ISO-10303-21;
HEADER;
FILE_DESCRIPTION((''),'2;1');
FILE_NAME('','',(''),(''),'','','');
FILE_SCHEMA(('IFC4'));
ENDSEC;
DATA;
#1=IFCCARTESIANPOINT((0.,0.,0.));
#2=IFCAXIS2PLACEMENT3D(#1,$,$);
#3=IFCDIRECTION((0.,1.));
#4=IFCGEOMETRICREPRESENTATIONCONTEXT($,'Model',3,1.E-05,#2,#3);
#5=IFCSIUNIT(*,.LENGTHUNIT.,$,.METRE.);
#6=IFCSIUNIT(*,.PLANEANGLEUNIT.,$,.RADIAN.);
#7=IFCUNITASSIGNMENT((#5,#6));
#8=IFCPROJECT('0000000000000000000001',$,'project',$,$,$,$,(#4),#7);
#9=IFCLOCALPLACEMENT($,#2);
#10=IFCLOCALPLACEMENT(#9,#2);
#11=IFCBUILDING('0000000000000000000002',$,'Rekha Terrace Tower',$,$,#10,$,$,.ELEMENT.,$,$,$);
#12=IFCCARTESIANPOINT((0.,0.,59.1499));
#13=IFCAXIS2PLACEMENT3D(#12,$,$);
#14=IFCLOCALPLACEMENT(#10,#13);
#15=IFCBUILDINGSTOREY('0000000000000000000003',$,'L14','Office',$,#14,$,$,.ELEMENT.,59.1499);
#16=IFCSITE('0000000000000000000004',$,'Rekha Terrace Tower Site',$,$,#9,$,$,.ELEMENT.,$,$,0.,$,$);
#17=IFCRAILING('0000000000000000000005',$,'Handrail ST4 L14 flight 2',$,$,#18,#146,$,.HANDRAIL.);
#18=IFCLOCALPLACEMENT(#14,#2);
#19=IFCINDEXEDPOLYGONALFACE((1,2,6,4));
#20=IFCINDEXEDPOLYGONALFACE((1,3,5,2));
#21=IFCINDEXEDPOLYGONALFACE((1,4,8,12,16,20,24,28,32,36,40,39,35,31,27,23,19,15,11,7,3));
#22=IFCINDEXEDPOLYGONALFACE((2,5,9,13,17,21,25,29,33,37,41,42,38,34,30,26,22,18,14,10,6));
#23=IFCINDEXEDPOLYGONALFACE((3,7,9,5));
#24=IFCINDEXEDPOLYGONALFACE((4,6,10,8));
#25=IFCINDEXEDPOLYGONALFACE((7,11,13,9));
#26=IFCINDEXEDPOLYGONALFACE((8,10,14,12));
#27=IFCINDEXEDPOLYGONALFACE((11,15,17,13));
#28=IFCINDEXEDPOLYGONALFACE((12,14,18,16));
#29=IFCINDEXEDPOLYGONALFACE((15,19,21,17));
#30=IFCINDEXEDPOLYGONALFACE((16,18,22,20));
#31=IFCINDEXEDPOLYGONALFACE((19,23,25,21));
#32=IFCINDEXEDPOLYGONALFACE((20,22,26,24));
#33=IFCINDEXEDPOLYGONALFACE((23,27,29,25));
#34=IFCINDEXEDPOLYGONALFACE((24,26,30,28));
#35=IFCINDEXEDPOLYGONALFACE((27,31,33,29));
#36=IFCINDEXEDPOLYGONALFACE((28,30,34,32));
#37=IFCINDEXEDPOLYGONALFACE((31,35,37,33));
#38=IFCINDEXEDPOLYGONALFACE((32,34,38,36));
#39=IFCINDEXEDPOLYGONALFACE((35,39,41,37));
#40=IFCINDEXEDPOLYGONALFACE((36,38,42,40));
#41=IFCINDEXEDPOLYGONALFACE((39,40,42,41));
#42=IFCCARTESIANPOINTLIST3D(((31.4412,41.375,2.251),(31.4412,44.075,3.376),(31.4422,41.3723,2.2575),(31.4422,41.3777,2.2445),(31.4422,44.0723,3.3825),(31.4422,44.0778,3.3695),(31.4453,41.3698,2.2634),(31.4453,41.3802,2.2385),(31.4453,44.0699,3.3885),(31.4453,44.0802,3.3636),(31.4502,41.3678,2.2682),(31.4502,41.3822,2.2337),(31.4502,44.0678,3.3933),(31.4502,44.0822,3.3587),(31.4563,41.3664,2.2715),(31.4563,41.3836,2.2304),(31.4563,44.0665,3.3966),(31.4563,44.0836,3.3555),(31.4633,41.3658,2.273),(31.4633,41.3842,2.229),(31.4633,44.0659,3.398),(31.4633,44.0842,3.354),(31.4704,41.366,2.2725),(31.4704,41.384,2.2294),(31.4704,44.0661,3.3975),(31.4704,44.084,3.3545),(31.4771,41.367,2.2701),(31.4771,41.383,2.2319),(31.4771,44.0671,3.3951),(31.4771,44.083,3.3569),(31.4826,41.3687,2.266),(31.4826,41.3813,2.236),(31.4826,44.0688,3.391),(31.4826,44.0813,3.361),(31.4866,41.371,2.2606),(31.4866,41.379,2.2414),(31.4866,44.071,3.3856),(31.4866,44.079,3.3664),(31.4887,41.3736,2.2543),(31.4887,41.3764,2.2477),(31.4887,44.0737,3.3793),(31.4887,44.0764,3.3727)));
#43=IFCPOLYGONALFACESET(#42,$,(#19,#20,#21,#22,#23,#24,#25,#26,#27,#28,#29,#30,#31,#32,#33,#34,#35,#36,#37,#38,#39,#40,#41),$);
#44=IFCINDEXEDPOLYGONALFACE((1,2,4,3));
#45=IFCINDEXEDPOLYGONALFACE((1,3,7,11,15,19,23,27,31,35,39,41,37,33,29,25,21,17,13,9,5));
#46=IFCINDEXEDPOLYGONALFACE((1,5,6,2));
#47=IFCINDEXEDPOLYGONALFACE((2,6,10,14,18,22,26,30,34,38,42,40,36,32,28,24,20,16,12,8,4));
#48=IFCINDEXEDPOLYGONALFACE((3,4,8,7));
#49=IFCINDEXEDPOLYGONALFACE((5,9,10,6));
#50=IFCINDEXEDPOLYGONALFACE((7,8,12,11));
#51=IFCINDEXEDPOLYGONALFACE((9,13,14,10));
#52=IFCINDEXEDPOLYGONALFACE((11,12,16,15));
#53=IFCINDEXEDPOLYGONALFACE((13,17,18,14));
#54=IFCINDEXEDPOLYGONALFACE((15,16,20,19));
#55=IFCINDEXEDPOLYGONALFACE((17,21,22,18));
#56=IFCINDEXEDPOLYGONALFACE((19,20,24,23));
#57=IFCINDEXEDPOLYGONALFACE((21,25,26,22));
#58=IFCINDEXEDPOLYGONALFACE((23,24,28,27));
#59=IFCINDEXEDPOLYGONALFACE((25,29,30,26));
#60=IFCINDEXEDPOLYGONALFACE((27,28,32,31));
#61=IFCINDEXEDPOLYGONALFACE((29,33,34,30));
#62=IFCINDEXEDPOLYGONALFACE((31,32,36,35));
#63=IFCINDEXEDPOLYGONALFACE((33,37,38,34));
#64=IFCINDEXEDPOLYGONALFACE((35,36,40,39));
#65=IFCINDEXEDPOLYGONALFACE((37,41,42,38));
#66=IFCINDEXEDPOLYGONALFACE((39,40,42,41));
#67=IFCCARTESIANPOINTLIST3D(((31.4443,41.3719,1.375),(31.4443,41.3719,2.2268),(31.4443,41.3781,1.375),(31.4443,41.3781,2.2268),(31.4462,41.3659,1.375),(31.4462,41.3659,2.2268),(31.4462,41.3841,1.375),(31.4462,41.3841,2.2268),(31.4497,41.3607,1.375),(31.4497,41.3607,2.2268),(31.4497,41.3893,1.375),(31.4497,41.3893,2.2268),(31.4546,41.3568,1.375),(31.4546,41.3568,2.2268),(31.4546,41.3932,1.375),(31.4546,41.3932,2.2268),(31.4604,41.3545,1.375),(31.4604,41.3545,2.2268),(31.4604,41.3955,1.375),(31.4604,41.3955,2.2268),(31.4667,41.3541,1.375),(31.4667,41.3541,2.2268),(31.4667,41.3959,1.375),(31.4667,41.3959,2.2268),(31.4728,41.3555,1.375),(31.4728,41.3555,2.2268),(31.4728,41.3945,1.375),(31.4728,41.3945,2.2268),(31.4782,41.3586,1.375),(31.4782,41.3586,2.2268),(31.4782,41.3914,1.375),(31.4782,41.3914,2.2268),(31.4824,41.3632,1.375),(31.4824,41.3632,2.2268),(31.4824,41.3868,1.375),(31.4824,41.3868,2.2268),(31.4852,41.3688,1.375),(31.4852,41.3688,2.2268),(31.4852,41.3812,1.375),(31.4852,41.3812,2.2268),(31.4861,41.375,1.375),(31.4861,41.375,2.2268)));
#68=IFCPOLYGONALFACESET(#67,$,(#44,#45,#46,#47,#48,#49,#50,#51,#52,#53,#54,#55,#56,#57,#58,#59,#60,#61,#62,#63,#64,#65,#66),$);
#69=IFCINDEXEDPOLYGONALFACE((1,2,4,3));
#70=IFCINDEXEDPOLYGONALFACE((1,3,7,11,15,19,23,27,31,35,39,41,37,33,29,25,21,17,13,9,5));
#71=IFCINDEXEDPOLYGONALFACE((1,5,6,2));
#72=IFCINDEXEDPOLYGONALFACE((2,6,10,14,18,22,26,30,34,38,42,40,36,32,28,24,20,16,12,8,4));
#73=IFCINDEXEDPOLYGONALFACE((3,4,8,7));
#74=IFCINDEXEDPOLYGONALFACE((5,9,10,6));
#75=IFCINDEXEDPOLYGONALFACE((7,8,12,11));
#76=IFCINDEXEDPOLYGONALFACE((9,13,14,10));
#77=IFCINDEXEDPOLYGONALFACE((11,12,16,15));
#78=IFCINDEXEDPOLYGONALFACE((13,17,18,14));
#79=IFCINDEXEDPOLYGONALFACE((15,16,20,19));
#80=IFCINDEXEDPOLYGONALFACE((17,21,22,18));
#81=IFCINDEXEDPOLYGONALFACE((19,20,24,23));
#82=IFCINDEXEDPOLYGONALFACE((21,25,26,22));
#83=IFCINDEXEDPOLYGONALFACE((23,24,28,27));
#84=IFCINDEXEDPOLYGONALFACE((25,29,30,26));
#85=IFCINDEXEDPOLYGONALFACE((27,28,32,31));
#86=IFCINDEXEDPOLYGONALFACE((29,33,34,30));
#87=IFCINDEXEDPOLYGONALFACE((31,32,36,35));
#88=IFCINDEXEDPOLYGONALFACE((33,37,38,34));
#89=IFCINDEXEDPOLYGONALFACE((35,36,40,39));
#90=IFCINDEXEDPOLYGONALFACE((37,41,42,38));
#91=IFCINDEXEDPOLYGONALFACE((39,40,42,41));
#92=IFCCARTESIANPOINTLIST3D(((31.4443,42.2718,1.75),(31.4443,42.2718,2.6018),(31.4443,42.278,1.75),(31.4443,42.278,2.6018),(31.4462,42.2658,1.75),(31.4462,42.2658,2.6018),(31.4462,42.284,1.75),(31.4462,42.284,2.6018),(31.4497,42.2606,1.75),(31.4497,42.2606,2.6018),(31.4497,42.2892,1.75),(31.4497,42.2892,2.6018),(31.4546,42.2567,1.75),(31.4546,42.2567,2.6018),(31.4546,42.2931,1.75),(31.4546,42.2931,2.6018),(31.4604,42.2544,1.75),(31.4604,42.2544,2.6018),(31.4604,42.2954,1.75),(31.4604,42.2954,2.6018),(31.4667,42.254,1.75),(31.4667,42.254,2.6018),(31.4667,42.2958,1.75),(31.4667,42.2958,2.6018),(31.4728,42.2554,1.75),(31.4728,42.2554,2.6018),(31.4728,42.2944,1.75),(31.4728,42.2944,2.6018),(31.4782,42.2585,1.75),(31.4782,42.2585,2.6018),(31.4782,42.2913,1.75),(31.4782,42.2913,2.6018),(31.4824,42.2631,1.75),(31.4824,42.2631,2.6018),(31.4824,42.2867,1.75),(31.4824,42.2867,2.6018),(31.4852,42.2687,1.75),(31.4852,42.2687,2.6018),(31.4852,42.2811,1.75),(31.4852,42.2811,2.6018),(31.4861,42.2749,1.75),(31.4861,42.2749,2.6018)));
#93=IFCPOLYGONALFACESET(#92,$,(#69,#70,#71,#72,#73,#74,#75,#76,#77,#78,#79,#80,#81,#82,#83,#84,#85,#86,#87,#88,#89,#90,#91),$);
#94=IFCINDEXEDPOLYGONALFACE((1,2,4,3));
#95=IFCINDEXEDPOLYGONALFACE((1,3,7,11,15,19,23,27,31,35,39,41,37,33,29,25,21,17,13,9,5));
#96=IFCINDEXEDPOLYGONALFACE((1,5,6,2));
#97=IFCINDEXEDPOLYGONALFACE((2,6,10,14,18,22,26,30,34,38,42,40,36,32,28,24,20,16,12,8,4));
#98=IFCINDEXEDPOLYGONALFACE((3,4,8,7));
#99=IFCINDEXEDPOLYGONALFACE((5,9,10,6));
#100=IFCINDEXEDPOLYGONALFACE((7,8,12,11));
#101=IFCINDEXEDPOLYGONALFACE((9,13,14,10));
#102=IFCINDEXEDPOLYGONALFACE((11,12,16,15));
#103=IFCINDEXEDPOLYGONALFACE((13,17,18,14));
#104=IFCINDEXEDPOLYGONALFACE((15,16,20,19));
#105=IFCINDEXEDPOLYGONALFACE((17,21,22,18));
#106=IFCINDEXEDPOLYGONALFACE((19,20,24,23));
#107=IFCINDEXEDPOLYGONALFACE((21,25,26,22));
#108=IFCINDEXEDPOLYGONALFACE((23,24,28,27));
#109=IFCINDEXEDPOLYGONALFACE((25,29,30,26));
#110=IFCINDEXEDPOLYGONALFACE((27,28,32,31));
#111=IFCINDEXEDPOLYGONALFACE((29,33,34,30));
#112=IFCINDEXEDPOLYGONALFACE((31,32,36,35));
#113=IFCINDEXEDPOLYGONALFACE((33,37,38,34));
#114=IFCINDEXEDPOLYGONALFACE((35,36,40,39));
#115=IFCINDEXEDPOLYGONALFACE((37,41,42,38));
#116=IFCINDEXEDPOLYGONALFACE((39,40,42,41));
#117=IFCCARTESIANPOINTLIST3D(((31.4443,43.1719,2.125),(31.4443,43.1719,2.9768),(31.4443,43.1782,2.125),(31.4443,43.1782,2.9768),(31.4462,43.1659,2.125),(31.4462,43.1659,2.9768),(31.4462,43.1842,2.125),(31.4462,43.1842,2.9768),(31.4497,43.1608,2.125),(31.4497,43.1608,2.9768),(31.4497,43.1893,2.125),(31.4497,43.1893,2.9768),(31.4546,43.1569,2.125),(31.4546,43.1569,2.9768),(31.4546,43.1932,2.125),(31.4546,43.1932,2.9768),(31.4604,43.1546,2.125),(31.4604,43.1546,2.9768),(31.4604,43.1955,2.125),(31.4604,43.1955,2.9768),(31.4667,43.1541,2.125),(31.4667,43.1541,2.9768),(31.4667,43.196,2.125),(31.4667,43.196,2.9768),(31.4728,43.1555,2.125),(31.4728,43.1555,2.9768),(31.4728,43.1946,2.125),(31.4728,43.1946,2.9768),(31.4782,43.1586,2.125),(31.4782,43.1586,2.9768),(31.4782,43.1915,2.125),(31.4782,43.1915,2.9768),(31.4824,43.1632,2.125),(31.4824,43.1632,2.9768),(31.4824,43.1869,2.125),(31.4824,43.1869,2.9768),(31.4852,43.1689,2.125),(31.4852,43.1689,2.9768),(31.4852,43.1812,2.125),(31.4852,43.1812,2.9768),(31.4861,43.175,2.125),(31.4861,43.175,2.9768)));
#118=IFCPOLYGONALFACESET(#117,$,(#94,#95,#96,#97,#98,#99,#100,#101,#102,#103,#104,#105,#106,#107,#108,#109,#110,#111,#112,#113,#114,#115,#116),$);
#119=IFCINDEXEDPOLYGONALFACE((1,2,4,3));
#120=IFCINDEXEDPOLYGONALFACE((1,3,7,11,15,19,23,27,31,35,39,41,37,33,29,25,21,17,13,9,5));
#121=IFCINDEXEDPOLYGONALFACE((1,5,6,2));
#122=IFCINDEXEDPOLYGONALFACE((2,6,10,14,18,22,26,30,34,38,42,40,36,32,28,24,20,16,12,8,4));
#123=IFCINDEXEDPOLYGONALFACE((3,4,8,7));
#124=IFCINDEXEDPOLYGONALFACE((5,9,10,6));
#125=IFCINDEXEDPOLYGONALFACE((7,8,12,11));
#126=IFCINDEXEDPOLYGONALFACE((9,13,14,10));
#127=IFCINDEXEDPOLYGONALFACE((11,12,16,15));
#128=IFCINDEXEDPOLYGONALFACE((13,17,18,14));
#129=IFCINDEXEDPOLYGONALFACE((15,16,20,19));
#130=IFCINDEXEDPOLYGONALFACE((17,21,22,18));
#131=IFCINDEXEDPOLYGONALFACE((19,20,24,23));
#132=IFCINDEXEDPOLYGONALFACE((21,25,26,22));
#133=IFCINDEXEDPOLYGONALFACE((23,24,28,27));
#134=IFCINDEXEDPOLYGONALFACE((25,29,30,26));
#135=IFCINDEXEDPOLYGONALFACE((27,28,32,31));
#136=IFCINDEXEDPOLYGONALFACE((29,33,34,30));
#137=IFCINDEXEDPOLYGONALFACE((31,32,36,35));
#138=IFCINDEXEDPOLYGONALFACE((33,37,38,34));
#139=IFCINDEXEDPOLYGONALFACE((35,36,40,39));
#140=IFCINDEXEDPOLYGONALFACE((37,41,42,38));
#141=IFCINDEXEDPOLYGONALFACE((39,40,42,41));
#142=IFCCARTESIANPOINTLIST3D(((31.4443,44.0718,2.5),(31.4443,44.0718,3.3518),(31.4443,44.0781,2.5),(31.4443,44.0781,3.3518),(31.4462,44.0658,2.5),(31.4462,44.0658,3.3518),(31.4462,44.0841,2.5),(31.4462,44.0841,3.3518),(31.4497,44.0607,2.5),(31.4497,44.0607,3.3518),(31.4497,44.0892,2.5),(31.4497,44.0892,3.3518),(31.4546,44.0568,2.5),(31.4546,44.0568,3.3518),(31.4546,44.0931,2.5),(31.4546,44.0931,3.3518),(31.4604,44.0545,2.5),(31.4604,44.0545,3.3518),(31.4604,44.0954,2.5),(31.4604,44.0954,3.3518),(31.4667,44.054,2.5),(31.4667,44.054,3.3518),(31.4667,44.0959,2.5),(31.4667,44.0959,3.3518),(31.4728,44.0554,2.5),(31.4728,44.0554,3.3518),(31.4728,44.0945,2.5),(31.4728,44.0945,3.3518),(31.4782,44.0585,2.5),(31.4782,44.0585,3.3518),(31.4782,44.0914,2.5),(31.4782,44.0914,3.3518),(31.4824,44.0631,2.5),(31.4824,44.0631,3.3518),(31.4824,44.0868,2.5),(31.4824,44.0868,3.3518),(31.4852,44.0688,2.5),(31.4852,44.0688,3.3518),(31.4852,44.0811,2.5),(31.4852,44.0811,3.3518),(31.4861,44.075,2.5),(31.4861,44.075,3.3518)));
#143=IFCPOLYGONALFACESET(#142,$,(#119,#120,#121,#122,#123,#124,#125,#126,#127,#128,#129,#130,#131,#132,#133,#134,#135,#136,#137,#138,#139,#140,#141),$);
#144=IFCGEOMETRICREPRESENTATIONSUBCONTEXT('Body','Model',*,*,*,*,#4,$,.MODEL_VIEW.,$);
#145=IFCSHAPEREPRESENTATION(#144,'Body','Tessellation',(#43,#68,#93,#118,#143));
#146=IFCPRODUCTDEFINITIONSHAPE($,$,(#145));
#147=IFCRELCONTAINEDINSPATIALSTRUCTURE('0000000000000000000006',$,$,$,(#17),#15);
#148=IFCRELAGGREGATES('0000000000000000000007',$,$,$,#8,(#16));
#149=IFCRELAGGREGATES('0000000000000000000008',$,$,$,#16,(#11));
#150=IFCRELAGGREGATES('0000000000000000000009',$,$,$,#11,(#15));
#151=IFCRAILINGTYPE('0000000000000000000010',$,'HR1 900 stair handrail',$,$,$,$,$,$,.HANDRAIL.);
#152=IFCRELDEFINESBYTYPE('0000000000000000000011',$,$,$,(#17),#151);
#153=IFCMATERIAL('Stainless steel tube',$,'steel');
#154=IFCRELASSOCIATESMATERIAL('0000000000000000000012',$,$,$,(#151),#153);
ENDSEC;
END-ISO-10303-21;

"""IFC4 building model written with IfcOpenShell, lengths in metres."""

from ifc_helpers import new_model, si_unit, direction, frame, origin, origin_2d, place, context, subcontext, project, spatial, circle, extrude, material, type_object, element, save


model = new_model("IFC4")

# Units and contexts
model_context = context("Model", 3, precision=1e-05, world=origin(), true_north=direction((0.0, 1.0)))
body_context = subcontext(model_context, "Body", "Model", "MODEL_VIEW")
ifc_project = project(units=[si_unit("LENGTHUNIT", "METRE"), si_unit("PLANEANGLEUNIT", "RADIAN")], contexts=[model_context])

# Site, building, storey
site_placement = place(None, origin())
site = spatial("IfcSite", under=ifc_project, at=site_placement, Name="Rekha Terrace Tower Site", CompositionType="ELEMENT", RefElevation=0.0)
building_placement = place(site_placement, origin())
building = spatial("IfcBuilding", under=site, at=building_placement, Name="Rekha Terrace Tower", CompositionType="ELEMENT")
storey_placement = place(building_placement, frame((0.0, 0.0, 59.1499)))
storey = spatial("IfcBuildingStorey", under=building, at=storey_placement, Name="L14", Description="Office", CompositionType="ELEMENT", Elevation=59.1499)

# Railing
ifc_material_1 = material(Name="Stainless steel tube", Category="steel")
railing_type_1 = type_object("IfcRailingType", Name="HR1 900 stair handrail", PredefinedType="HANDRAIL", material=ifc_material_1)
railing_1_placement = place(storey_placement, frame((31.4651, 41.375, 1.375)))
element("IfcRailing", 1, at=railing_1_placement, inside=storey, type_object=railing_type_1, Name="Handrail ST4 L14 flight 2", PredefinedType="HANDRAIL", context=body_context, shape_type="SweptSolid", body=[
    extrude(circle(Radius=0.0239, at=origin_2d()), frame((0.0, 0.0, 0.876), z_axis=(0.0, 0.923074, 0.384621), x_axis=(-1.0, 0.0, 0.0)), (0.0, 0.0, 1.0), 2.925),
    extrude(circle(Radius=0.021, at=origin_2d()), origin(), (0.0, 0.0, 1.0), 0.8518),
    extrude(circle(Radius=0.021, at=origin_2d()), frame((0.0, 0.8999, 0.375)), (0.0, 0.0, 1.0), 0.8518),
    extrude(circle(Radius=0.021, at=origin_2d()), frame((0.0, 1.8, 0.75)), (0.0, 0.0, 1.0), 0.8518),
    extrude(circle(Radius=0.021, at=origin_2d()), frame((0.0, 2.7, 1.125)), (0.0, 0.0, 1.0), 0.8518),
])

save(model, "model.ifc")
